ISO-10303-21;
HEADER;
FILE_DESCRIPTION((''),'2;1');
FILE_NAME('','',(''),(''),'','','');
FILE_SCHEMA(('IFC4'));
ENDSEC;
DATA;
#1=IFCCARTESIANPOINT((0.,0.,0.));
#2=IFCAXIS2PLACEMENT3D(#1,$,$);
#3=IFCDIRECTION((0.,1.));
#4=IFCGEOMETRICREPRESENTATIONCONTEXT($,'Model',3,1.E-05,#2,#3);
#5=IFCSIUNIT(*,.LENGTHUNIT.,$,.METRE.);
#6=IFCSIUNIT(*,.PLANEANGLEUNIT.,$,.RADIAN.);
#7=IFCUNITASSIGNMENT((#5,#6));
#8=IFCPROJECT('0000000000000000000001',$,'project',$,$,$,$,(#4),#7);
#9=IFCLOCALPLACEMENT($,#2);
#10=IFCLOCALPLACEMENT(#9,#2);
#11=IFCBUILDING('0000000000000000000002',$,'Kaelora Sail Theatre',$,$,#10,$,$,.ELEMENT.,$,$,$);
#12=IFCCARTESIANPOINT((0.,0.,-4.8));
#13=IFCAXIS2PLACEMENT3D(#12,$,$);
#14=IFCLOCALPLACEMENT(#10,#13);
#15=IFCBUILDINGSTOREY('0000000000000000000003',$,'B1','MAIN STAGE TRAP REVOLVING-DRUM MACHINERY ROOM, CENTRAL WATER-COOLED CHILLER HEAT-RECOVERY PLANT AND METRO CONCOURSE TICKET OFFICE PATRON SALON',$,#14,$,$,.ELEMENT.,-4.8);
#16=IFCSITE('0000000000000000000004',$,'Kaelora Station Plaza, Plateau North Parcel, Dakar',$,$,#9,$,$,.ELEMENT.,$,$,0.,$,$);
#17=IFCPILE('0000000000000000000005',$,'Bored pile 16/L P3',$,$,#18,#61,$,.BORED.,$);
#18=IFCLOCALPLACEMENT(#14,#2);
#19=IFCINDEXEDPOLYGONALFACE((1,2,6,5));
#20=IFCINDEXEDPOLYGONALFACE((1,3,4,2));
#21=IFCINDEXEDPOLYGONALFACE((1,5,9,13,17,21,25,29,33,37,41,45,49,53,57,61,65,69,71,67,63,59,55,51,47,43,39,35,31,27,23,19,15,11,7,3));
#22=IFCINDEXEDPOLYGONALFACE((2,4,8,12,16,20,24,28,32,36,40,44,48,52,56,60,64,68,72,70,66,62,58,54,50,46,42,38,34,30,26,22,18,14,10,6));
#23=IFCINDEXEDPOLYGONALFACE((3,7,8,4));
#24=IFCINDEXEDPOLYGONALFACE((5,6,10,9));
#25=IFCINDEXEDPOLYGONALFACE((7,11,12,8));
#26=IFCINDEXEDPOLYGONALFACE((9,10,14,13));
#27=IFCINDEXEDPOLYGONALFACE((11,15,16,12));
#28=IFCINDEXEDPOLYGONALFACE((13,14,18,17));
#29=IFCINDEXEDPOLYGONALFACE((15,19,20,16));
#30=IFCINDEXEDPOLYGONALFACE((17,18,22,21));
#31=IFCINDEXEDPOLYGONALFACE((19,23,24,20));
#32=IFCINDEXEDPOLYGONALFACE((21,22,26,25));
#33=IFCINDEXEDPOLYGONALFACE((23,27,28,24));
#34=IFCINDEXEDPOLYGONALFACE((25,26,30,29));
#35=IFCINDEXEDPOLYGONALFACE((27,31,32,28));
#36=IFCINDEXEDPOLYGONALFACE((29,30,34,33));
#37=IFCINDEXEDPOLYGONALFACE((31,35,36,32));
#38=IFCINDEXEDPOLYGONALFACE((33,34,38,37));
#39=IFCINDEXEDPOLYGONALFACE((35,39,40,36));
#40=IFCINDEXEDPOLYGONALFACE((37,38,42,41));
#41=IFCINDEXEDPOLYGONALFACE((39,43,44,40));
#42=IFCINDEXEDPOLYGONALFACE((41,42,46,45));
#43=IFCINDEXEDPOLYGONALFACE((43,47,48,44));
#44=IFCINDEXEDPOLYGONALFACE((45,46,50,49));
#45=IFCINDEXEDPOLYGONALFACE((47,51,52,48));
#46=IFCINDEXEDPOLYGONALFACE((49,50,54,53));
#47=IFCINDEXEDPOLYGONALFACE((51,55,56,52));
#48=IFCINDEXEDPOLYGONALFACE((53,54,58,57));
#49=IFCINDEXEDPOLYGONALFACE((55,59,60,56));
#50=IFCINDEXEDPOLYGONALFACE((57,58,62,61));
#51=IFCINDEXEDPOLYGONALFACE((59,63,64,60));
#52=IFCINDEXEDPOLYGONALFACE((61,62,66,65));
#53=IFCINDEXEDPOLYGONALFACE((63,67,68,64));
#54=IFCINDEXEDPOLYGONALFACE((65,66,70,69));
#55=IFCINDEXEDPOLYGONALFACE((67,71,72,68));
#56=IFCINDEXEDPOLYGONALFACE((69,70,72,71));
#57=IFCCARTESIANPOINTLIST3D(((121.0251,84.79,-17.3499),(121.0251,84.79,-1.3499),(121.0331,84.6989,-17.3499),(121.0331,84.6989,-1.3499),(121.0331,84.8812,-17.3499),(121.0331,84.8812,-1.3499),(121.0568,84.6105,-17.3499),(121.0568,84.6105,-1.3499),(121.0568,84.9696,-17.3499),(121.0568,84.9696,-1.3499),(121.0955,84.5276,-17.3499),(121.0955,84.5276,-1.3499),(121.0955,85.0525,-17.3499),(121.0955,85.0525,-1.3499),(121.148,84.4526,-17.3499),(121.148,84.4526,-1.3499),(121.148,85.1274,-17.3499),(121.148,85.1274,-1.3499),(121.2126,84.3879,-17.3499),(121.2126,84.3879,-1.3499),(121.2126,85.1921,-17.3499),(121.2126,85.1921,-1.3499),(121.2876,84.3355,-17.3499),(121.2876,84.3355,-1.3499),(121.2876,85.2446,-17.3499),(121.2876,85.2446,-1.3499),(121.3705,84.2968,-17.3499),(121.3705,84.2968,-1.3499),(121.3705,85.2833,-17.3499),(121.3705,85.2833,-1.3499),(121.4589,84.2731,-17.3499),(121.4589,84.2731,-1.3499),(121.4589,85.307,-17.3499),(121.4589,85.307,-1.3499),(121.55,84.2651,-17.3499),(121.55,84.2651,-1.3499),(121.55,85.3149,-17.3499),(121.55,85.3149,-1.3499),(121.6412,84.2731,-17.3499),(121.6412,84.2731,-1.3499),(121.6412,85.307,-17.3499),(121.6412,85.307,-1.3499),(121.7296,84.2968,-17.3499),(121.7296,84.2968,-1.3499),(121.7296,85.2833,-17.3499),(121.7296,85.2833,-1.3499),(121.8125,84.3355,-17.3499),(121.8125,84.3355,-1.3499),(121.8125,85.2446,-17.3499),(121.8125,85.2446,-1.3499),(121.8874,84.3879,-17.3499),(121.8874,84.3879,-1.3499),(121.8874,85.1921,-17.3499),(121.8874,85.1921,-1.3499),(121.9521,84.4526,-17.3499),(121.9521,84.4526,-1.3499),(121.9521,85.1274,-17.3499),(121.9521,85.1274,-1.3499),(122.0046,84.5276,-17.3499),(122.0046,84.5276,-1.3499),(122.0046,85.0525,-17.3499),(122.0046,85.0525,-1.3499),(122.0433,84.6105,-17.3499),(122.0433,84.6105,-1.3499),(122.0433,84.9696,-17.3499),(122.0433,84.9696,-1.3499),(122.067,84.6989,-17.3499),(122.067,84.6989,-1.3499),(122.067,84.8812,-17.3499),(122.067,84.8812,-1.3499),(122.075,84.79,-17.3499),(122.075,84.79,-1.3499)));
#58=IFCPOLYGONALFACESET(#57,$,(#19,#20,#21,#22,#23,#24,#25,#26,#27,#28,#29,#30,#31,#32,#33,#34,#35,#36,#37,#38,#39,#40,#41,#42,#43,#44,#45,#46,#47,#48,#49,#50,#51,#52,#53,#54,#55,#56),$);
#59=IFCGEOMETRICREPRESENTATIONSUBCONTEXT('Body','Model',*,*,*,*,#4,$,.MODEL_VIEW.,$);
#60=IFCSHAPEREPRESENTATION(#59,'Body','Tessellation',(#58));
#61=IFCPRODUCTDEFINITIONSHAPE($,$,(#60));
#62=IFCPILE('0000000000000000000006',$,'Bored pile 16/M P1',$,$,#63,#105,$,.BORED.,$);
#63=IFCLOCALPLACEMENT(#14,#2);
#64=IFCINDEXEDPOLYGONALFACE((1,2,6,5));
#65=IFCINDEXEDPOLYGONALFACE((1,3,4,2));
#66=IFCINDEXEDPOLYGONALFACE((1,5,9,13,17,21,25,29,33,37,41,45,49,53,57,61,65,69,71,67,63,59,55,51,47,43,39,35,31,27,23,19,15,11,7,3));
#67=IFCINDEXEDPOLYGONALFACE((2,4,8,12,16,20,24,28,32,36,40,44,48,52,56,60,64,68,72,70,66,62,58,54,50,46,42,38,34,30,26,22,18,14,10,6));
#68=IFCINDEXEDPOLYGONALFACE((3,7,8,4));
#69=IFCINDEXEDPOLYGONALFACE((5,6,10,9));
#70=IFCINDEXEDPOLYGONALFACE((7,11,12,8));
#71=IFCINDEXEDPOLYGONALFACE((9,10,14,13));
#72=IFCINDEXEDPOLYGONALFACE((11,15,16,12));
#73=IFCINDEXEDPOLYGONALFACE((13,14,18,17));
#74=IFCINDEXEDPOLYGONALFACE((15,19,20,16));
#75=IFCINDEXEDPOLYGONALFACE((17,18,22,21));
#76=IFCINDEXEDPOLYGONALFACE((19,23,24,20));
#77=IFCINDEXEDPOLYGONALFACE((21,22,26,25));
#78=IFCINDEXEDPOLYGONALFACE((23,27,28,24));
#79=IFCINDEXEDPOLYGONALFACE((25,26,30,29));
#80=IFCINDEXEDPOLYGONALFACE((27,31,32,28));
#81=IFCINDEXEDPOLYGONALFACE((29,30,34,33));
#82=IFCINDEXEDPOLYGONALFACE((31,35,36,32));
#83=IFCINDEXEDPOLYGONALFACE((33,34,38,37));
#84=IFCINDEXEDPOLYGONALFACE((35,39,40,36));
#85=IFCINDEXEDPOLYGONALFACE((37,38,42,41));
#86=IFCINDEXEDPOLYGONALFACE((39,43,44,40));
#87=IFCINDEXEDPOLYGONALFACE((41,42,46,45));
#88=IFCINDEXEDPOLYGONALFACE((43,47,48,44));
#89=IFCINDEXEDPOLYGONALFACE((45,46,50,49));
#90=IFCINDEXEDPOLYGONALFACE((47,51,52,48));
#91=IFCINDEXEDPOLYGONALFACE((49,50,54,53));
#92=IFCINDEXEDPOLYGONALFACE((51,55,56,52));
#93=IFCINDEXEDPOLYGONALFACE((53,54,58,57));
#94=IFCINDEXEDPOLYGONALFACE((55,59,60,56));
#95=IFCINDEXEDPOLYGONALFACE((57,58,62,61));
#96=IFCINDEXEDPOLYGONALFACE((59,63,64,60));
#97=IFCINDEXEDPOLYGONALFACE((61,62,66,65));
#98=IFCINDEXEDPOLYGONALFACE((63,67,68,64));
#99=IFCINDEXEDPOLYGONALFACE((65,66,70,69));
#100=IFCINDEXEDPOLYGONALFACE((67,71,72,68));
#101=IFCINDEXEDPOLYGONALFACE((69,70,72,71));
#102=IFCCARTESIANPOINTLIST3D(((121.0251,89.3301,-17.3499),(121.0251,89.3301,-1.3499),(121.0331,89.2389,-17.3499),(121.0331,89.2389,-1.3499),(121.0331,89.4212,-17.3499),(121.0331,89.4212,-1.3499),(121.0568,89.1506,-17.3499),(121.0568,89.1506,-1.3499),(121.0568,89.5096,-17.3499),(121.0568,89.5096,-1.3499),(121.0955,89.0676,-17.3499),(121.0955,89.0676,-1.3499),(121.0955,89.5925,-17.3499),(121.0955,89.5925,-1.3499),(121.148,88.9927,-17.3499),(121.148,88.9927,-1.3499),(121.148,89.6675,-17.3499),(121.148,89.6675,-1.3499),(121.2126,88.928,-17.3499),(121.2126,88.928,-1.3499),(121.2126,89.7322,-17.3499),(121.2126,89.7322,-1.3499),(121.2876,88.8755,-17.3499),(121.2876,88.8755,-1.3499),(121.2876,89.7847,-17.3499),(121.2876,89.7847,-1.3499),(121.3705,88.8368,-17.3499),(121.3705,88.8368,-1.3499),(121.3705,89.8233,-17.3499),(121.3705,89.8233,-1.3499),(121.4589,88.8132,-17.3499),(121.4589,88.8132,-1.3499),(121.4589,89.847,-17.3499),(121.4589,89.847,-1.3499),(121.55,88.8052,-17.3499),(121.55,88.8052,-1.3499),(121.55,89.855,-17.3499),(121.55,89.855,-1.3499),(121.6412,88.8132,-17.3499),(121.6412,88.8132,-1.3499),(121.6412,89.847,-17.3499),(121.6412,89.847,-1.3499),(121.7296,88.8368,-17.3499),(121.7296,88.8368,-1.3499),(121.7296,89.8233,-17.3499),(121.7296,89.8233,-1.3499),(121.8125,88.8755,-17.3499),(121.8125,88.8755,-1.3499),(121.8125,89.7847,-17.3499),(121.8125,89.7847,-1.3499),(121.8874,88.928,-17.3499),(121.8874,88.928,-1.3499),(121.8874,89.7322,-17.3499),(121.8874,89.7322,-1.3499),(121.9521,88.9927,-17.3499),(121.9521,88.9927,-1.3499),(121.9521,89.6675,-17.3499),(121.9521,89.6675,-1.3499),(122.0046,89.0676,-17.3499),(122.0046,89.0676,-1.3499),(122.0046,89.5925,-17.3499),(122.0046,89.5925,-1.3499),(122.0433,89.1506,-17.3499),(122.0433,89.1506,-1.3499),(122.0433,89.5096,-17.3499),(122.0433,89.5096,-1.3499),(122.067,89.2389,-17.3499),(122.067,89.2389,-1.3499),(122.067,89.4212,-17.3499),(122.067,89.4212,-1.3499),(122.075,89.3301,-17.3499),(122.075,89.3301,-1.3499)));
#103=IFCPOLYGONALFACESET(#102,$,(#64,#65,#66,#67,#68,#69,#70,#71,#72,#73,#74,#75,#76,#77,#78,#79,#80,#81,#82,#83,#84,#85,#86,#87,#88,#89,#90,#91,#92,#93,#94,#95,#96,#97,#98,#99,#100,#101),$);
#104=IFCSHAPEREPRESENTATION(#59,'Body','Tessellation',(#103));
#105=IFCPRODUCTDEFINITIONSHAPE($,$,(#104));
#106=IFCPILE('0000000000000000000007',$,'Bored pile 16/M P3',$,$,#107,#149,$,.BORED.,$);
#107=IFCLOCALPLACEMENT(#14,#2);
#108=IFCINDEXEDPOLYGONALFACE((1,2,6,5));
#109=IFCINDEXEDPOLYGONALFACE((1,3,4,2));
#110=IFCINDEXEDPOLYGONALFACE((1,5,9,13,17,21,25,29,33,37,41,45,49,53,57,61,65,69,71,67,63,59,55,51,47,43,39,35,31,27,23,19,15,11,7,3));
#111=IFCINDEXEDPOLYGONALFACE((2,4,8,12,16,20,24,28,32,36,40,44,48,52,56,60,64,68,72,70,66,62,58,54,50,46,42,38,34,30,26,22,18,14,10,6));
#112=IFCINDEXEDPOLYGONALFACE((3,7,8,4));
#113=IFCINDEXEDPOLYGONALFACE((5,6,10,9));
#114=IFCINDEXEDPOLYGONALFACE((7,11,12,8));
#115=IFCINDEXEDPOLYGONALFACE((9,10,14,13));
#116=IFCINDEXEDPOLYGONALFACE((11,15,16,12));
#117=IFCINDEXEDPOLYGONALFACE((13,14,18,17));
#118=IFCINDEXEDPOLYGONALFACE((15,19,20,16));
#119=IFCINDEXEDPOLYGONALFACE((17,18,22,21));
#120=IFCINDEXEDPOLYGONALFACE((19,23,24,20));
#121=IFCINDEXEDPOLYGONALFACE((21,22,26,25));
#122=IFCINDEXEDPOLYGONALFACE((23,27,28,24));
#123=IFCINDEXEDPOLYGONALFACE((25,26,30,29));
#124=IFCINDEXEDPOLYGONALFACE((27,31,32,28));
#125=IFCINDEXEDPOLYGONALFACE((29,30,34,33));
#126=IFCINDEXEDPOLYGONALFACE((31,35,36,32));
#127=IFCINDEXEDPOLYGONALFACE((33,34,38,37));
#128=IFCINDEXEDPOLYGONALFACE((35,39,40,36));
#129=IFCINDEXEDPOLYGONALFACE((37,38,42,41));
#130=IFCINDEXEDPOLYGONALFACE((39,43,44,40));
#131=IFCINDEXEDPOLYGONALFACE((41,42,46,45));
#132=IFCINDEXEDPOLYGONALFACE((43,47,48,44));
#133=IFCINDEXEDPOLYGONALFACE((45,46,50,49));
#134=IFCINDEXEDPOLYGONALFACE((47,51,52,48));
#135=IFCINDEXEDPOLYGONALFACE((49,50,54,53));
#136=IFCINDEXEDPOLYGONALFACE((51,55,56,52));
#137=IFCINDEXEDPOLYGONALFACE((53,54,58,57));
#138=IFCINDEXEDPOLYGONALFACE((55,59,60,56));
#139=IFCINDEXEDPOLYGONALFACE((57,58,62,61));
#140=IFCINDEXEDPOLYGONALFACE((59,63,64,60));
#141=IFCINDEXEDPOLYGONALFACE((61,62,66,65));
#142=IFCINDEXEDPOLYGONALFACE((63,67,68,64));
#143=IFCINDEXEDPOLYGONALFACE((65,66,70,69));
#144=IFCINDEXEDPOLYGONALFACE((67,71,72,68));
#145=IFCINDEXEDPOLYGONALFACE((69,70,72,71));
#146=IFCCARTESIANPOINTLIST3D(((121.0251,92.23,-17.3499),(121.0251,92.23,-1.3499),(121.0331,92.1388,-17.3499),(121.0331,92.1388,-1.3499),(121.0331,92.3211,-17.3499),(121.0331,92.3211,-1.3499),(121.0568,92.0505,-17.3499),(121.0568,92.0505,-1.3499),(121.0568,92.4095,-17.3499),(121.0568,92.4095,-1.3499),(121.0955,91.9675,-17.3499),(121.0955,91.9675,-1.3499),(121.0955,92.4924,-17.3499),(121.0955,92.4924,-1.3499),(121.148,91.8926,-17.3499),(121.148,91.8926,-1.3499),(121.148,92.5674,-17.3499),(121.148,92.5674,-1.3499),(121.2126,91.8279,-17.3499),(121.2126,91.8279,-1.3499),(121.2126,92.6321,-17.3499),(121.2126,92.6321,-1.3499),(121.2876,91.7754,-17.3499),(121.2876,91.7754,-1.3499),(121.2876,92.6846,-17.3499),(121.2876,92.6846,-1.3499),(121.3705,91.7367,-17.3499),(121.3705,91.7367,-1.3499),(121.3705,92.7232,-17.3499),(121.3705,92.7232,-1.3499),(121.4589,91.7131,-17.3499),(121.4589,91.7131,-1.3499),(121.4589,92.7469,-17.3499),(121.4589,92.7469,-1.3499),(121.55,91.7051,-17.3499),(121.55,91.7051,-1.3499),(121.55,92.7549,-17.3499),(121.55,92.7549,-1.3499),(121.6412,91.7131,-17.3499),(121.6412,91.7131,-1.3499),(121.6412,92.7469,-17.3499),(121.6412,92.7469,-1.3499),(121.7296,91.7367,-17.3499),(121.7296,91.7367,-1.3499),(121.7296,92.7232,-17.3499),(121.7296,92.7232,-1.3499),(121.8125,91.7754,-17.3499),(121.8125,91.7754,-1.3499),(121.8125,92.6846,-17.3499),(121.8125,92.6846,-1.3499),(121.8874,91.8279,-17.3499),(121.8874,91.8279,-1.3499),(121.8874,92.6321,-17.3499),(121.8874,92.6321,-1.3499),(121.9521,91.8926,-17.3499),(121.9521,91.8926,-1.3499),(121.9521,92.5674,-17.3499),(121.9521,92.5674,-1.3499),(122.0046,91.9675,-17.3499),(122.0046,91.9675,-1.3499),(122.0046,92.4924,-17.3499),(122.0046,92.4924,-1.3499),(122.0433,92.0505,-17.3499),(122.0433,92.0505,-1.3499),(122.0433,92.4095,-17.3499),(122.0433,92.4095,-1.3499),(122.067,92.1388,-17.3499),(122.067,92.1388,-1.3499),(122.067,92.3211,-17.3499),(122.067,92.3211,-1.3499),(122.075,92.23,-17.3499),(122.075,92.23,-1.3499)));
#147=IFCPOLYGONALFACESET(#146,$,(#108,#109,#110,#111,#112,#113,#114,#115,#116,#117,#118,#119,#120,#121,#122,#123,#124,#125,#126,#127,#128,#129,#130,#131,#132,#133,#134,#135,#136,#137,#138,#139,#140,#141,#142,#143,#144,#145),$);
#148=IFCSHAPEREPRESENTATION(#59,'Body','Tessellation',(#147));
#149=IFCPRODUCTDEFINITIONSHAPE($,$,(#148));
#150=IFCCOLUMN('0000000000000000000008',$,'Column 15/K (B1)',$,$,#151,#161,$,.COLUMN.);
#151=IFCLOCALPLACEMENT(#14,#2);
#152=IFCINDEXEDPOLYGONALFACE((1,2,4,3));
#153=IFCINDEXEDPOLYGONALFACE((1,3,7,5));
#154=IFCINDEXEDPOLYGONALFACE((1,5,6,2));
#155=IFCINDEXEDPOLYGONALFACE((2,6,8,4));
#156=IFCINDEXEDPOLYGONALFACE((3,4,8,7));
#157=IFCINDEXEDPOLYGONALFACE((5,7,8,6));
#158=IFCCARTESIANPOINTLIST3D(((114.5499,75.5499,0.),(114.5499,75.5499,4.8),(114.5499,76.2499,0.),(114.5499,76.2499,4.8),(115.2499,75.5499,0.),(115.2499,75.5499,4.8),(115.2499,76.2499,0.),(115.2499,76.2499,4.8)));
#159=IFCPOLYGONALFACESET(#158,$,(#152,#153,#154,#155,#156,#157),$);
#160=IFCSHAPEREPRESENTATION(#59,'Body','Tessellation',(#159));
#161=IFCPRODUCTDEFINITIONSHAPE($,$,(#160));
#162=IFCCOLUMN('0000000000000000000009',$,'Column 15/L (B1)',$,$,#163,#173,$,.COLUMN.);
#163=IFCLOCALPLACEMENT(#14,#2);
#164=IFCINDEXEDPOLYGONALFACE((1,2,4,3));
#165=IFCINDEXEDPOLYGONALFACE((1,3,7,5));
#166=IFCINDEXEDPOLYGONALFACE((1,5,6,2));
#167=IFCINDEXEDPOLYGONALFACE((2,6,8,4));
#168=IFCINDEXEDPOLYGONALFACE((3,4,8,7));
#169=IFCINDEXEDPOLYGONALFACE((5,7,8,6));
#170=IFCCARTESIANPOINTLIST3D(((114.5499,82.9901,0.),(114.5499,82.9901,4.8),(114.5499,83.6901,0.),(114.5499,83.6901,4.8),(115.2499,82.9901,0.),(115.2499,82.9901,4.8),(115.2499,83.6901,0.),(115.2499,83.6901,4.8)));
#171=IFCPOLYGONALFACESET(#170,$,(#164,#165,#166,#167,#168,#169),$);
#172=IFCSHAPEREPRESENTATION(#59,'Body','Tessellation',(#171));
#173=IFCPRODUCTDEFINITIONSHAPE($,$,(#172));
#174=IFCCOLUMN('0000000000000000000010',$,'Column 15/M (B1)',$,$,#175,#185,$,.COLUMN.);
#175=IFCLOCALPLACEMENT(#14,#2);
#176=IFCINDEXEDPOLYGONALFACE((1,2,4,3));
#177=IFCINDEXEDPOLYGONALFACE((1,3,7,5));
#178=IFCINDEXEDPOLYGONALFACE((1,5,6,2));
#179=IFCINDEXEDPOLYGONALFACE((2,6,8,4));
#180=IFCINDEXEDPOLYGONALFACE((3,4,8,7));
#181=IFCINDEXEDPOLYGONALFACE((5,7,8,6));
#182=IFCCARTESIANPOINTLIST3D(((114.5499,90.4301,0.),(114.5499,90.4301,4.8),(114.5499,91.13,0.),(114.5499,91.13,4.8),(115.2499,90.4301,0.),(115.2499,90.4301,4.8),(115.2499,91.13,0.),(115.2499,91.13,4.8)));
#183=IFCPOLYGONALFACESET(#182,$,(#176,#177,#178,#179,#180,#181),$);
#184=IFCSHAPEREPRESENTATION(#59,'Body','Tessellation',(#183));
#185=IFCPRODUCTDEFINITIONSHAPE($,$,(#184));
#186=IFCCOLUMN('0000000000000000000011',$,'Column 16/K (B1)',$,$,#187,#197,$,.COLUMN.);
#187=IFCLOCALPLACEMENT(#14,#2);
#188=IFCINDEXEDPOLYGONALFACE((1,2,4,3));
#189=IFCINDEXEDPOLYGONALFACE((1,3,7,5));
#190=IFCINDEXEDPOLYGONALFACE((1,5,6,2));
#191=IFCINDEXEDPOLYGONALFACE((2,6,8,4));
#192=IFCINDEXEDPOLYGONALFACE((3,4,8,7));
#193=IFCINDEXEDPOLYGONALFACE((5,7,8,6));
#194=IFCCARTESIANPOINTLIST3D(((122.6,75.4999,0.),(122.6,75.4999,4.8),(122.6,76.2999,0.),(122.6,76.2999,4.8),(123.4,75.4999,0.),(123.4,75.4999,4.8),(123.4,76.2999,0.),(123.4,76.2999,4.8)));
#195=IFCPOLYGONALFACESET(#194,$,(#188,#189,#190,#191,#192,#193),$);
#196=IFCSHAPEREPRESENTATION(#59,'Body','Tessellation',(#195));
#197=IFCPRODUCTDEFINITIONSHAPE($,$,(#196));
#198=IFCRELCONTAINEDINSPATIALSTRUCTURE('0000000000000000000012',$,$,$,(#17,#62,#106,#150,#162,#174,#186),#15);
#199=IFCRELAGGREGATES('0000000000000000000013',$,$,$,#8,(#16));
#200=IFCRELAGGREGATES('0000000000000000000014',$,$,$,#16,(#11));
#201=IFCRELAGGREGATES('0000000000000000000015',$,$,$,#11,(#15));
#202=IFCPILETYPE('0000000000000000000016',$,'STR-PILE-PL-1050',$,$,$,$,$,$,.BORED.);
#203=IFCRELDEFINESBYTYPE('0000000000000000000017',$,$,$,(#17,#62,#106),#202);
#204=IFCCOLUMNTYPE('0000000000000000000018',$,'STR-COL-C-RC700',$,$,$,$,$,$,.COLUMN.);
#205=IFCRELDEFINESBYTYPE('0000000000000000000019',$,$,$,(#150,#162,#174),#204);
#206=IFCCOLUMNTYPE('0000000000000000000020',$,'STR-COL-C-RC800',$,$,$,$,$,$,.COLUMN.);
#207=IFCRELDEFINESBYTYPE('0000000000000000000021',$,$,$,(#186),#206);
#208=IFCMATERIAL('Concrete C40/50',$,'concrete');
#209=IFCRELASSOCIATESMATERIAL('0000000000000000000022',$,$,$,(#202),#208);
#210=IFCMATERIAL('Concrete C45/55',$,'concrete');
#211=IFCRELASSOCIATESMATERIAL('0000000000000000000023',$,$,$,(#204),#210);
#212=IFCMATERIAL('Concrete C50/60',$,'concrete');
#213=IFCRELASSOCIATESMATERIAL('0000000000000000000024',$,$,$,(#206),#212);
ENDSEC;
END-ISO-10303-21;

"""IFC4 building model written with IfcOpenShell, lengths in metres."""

from ifc_helpers import new_model, si_unit, direction, frame, origin, origin_2d, place, context, subcontext, project, spatial, rectangle, circle, extrude, material, material_profile, profile_set, type_object, element, save


model = new_model("IFC4")

# Units and contexts
model_context = context("Model", 3, precision=1e-05, world=origin(), true_north=direction((0.0, 1.0)))
body_context = subcontext(model_context, "Body", "Model", "MODEL_VIEW")
ifc_project = project(units=[si_unit("LENGTHUNIT", "METRE"), si_unit("PLANEANGLEUNIT", "RADIAN")], contexts=[model_context])

# Site, building, storey
site_placement = place(None, origin())
site = spatial("IfcSite", under=ifc_project, at=site_placement, Name="Kaelora Station Plaza, Plateau North Parcel, Dakar", CompositionType="ELEMENT", RefElevation=0.0)
building_placement = place(site_placement, origin())
building = spatial("IfcBuilding", under=site, at=building_placement, Name="Kaelora Sail Theatre", CompositionType="ELEMENT")
storey_placement = place(building_placement, frame((0.0, 0.0, -4.8)))
storey = spatial("IfcBuildingStorey", under=building, at=storey_placement, Name="B1", Description="MAIN STAGE TRAP REVOLVING-DRUM MACHINERY ROOM, CENTRAL WATER-COOLED CHILLER HEAT-RECOVERY PLANT AND METRO CONCOURSE TICKET OFFICE PATRON SALON", CompositionType="ELEMENT", Elevation=-4.8)

# Piles
ifc_material_1 = material(Name="Concrete C40/50", Category="concrete")
ifc_material_profile_1 = material_profile(ifc_material_1, circle(Radius=0.5249, at=origin_2d()), Name="PILE D1050")
ifc_profile_set_1 = profile_set([ifc_material_profile_1], Name="Concrete C40/50")
pile_type = type_object("IfcPileType", Name="STR-PILE-PL-1050", PredefinedType="BORED", material=ifc_profile_set_1)
for number, where, z_axis, x_axis, name in (
    (1, (121.55, 84.79, -1.3499), (0.0, 0.0, -1.0), (1.0, 0.0, 0.0), "Bored pile 16/L P3"),
    (2, (121.55, 89.3301, -1.3499), (0.0, 0.0, -1.0), (1.0, 0.0, 0.0), "Bored pile 16/M P1"),
    (3, (121.55, 92.23, -1.3499), (0.0, 0.0, -1.0), (1.0, 0.0, 0.0), "Bored pile 16/M P3"),
):
    element("IfcPile", number, at=place(storey_placement, frame(where, z_axis=z_axis, x_axis=x_axis)), inside=storey, type_object=pile_type, Name=name, PredefinedType="BORED", context=body_context, shape_type="SweptSolid", body=[
        extrude(circle(Radius=0.5249, at=origin_2d()), origin(), (0.0, 0.0, 1.0), 16.0),
    ])

# Columns
ifc_material_2 = material(Name="Concrete C45/55", Category="concrete")
ifc_material_profile_2 = material_profile(ifc_material_2, rectangle(XDim=0.7, YDim=0.7, at=origin_2d()), Name="RC-COL 700x700")
ifc_profile_set_2 = profile_set([ifc_material_profile_2], Name="Concrete C45/55")
column_type_1 = type_object("IfcColumnType", Name="STR-COL-C-RC700", PredefinedType="COLUMN", material=ifc_profile_set_2)
for number, where, z_axis, x_axis, name in (
    (4, (114.8999, 75.8999, 0.0), (0.0, 0.0, 1.0), (1.0, 0.0, 0.0), "Column 15/K (B1)"),
    (5, (114.8999, 83.3401, 0.0), (0.0, 0.0, 1.0), (1.0, 0.0, 0.0), "Column 15/L (B1)"),
    (6, (114.8999, 90.78, 0.0), (0.0, 0.0, 1.0), (1.0, 0.0, 0.0), "Column 15/M (B1)"),
):
    element("IfcColumn", number, at=place(storey_placement, frame(where, z_axis=z_axis, x_axis=x_axis)), inside=storey, type_object=column_type_1, Name=name, PredefinedType="COLUMN", context=body_context, shape_type="SweptSolid", body=[
        extrude(rectangle(XDim=0.7, YDim=0.7, at=origin_2d()), origin(), (0.0, 0.0, 1.0), 4.8),
    ])
ifc_material_3 = material(Name="Concrete C50/60", Category="concrete")
ifc_material_profile_3 = material_profile(ifc_material_3, rectangle(XDim=0.8, YDim=0.8, at=origin_2d()), Name="RC-COL 800x800")
ifc_profile_set_3 = profile_set([ifc_material_profile_3], Name="Concrete C50/60")
column_type_2 = type_object("IfcColumnType", Name="STR-COL-C-RC800", PredefinedType="COLUMN", material=ifc_profile_set_3)
column_placement = place(storey_placement, frame((123.0, 75.8999, 0.0), z_axis=(0.0, 0.0, 1.0), x_axis=(1.0, 0.0, 0.0)))
element("IfcColumn", 7, at=column_placement, inside=storey, type_object=column_type_2, Name="Column 16/K (B1)", PredefinedType="COLUMN", context=body_context, shape_type="SweptSolid", body=[
    extrude(rectangle(XDim=0.8, YDim=0.8, at=origin_2d()), origin(), (0.0, 0.0, 1.0), 4.8),
])

save(model, "model.ifc")
